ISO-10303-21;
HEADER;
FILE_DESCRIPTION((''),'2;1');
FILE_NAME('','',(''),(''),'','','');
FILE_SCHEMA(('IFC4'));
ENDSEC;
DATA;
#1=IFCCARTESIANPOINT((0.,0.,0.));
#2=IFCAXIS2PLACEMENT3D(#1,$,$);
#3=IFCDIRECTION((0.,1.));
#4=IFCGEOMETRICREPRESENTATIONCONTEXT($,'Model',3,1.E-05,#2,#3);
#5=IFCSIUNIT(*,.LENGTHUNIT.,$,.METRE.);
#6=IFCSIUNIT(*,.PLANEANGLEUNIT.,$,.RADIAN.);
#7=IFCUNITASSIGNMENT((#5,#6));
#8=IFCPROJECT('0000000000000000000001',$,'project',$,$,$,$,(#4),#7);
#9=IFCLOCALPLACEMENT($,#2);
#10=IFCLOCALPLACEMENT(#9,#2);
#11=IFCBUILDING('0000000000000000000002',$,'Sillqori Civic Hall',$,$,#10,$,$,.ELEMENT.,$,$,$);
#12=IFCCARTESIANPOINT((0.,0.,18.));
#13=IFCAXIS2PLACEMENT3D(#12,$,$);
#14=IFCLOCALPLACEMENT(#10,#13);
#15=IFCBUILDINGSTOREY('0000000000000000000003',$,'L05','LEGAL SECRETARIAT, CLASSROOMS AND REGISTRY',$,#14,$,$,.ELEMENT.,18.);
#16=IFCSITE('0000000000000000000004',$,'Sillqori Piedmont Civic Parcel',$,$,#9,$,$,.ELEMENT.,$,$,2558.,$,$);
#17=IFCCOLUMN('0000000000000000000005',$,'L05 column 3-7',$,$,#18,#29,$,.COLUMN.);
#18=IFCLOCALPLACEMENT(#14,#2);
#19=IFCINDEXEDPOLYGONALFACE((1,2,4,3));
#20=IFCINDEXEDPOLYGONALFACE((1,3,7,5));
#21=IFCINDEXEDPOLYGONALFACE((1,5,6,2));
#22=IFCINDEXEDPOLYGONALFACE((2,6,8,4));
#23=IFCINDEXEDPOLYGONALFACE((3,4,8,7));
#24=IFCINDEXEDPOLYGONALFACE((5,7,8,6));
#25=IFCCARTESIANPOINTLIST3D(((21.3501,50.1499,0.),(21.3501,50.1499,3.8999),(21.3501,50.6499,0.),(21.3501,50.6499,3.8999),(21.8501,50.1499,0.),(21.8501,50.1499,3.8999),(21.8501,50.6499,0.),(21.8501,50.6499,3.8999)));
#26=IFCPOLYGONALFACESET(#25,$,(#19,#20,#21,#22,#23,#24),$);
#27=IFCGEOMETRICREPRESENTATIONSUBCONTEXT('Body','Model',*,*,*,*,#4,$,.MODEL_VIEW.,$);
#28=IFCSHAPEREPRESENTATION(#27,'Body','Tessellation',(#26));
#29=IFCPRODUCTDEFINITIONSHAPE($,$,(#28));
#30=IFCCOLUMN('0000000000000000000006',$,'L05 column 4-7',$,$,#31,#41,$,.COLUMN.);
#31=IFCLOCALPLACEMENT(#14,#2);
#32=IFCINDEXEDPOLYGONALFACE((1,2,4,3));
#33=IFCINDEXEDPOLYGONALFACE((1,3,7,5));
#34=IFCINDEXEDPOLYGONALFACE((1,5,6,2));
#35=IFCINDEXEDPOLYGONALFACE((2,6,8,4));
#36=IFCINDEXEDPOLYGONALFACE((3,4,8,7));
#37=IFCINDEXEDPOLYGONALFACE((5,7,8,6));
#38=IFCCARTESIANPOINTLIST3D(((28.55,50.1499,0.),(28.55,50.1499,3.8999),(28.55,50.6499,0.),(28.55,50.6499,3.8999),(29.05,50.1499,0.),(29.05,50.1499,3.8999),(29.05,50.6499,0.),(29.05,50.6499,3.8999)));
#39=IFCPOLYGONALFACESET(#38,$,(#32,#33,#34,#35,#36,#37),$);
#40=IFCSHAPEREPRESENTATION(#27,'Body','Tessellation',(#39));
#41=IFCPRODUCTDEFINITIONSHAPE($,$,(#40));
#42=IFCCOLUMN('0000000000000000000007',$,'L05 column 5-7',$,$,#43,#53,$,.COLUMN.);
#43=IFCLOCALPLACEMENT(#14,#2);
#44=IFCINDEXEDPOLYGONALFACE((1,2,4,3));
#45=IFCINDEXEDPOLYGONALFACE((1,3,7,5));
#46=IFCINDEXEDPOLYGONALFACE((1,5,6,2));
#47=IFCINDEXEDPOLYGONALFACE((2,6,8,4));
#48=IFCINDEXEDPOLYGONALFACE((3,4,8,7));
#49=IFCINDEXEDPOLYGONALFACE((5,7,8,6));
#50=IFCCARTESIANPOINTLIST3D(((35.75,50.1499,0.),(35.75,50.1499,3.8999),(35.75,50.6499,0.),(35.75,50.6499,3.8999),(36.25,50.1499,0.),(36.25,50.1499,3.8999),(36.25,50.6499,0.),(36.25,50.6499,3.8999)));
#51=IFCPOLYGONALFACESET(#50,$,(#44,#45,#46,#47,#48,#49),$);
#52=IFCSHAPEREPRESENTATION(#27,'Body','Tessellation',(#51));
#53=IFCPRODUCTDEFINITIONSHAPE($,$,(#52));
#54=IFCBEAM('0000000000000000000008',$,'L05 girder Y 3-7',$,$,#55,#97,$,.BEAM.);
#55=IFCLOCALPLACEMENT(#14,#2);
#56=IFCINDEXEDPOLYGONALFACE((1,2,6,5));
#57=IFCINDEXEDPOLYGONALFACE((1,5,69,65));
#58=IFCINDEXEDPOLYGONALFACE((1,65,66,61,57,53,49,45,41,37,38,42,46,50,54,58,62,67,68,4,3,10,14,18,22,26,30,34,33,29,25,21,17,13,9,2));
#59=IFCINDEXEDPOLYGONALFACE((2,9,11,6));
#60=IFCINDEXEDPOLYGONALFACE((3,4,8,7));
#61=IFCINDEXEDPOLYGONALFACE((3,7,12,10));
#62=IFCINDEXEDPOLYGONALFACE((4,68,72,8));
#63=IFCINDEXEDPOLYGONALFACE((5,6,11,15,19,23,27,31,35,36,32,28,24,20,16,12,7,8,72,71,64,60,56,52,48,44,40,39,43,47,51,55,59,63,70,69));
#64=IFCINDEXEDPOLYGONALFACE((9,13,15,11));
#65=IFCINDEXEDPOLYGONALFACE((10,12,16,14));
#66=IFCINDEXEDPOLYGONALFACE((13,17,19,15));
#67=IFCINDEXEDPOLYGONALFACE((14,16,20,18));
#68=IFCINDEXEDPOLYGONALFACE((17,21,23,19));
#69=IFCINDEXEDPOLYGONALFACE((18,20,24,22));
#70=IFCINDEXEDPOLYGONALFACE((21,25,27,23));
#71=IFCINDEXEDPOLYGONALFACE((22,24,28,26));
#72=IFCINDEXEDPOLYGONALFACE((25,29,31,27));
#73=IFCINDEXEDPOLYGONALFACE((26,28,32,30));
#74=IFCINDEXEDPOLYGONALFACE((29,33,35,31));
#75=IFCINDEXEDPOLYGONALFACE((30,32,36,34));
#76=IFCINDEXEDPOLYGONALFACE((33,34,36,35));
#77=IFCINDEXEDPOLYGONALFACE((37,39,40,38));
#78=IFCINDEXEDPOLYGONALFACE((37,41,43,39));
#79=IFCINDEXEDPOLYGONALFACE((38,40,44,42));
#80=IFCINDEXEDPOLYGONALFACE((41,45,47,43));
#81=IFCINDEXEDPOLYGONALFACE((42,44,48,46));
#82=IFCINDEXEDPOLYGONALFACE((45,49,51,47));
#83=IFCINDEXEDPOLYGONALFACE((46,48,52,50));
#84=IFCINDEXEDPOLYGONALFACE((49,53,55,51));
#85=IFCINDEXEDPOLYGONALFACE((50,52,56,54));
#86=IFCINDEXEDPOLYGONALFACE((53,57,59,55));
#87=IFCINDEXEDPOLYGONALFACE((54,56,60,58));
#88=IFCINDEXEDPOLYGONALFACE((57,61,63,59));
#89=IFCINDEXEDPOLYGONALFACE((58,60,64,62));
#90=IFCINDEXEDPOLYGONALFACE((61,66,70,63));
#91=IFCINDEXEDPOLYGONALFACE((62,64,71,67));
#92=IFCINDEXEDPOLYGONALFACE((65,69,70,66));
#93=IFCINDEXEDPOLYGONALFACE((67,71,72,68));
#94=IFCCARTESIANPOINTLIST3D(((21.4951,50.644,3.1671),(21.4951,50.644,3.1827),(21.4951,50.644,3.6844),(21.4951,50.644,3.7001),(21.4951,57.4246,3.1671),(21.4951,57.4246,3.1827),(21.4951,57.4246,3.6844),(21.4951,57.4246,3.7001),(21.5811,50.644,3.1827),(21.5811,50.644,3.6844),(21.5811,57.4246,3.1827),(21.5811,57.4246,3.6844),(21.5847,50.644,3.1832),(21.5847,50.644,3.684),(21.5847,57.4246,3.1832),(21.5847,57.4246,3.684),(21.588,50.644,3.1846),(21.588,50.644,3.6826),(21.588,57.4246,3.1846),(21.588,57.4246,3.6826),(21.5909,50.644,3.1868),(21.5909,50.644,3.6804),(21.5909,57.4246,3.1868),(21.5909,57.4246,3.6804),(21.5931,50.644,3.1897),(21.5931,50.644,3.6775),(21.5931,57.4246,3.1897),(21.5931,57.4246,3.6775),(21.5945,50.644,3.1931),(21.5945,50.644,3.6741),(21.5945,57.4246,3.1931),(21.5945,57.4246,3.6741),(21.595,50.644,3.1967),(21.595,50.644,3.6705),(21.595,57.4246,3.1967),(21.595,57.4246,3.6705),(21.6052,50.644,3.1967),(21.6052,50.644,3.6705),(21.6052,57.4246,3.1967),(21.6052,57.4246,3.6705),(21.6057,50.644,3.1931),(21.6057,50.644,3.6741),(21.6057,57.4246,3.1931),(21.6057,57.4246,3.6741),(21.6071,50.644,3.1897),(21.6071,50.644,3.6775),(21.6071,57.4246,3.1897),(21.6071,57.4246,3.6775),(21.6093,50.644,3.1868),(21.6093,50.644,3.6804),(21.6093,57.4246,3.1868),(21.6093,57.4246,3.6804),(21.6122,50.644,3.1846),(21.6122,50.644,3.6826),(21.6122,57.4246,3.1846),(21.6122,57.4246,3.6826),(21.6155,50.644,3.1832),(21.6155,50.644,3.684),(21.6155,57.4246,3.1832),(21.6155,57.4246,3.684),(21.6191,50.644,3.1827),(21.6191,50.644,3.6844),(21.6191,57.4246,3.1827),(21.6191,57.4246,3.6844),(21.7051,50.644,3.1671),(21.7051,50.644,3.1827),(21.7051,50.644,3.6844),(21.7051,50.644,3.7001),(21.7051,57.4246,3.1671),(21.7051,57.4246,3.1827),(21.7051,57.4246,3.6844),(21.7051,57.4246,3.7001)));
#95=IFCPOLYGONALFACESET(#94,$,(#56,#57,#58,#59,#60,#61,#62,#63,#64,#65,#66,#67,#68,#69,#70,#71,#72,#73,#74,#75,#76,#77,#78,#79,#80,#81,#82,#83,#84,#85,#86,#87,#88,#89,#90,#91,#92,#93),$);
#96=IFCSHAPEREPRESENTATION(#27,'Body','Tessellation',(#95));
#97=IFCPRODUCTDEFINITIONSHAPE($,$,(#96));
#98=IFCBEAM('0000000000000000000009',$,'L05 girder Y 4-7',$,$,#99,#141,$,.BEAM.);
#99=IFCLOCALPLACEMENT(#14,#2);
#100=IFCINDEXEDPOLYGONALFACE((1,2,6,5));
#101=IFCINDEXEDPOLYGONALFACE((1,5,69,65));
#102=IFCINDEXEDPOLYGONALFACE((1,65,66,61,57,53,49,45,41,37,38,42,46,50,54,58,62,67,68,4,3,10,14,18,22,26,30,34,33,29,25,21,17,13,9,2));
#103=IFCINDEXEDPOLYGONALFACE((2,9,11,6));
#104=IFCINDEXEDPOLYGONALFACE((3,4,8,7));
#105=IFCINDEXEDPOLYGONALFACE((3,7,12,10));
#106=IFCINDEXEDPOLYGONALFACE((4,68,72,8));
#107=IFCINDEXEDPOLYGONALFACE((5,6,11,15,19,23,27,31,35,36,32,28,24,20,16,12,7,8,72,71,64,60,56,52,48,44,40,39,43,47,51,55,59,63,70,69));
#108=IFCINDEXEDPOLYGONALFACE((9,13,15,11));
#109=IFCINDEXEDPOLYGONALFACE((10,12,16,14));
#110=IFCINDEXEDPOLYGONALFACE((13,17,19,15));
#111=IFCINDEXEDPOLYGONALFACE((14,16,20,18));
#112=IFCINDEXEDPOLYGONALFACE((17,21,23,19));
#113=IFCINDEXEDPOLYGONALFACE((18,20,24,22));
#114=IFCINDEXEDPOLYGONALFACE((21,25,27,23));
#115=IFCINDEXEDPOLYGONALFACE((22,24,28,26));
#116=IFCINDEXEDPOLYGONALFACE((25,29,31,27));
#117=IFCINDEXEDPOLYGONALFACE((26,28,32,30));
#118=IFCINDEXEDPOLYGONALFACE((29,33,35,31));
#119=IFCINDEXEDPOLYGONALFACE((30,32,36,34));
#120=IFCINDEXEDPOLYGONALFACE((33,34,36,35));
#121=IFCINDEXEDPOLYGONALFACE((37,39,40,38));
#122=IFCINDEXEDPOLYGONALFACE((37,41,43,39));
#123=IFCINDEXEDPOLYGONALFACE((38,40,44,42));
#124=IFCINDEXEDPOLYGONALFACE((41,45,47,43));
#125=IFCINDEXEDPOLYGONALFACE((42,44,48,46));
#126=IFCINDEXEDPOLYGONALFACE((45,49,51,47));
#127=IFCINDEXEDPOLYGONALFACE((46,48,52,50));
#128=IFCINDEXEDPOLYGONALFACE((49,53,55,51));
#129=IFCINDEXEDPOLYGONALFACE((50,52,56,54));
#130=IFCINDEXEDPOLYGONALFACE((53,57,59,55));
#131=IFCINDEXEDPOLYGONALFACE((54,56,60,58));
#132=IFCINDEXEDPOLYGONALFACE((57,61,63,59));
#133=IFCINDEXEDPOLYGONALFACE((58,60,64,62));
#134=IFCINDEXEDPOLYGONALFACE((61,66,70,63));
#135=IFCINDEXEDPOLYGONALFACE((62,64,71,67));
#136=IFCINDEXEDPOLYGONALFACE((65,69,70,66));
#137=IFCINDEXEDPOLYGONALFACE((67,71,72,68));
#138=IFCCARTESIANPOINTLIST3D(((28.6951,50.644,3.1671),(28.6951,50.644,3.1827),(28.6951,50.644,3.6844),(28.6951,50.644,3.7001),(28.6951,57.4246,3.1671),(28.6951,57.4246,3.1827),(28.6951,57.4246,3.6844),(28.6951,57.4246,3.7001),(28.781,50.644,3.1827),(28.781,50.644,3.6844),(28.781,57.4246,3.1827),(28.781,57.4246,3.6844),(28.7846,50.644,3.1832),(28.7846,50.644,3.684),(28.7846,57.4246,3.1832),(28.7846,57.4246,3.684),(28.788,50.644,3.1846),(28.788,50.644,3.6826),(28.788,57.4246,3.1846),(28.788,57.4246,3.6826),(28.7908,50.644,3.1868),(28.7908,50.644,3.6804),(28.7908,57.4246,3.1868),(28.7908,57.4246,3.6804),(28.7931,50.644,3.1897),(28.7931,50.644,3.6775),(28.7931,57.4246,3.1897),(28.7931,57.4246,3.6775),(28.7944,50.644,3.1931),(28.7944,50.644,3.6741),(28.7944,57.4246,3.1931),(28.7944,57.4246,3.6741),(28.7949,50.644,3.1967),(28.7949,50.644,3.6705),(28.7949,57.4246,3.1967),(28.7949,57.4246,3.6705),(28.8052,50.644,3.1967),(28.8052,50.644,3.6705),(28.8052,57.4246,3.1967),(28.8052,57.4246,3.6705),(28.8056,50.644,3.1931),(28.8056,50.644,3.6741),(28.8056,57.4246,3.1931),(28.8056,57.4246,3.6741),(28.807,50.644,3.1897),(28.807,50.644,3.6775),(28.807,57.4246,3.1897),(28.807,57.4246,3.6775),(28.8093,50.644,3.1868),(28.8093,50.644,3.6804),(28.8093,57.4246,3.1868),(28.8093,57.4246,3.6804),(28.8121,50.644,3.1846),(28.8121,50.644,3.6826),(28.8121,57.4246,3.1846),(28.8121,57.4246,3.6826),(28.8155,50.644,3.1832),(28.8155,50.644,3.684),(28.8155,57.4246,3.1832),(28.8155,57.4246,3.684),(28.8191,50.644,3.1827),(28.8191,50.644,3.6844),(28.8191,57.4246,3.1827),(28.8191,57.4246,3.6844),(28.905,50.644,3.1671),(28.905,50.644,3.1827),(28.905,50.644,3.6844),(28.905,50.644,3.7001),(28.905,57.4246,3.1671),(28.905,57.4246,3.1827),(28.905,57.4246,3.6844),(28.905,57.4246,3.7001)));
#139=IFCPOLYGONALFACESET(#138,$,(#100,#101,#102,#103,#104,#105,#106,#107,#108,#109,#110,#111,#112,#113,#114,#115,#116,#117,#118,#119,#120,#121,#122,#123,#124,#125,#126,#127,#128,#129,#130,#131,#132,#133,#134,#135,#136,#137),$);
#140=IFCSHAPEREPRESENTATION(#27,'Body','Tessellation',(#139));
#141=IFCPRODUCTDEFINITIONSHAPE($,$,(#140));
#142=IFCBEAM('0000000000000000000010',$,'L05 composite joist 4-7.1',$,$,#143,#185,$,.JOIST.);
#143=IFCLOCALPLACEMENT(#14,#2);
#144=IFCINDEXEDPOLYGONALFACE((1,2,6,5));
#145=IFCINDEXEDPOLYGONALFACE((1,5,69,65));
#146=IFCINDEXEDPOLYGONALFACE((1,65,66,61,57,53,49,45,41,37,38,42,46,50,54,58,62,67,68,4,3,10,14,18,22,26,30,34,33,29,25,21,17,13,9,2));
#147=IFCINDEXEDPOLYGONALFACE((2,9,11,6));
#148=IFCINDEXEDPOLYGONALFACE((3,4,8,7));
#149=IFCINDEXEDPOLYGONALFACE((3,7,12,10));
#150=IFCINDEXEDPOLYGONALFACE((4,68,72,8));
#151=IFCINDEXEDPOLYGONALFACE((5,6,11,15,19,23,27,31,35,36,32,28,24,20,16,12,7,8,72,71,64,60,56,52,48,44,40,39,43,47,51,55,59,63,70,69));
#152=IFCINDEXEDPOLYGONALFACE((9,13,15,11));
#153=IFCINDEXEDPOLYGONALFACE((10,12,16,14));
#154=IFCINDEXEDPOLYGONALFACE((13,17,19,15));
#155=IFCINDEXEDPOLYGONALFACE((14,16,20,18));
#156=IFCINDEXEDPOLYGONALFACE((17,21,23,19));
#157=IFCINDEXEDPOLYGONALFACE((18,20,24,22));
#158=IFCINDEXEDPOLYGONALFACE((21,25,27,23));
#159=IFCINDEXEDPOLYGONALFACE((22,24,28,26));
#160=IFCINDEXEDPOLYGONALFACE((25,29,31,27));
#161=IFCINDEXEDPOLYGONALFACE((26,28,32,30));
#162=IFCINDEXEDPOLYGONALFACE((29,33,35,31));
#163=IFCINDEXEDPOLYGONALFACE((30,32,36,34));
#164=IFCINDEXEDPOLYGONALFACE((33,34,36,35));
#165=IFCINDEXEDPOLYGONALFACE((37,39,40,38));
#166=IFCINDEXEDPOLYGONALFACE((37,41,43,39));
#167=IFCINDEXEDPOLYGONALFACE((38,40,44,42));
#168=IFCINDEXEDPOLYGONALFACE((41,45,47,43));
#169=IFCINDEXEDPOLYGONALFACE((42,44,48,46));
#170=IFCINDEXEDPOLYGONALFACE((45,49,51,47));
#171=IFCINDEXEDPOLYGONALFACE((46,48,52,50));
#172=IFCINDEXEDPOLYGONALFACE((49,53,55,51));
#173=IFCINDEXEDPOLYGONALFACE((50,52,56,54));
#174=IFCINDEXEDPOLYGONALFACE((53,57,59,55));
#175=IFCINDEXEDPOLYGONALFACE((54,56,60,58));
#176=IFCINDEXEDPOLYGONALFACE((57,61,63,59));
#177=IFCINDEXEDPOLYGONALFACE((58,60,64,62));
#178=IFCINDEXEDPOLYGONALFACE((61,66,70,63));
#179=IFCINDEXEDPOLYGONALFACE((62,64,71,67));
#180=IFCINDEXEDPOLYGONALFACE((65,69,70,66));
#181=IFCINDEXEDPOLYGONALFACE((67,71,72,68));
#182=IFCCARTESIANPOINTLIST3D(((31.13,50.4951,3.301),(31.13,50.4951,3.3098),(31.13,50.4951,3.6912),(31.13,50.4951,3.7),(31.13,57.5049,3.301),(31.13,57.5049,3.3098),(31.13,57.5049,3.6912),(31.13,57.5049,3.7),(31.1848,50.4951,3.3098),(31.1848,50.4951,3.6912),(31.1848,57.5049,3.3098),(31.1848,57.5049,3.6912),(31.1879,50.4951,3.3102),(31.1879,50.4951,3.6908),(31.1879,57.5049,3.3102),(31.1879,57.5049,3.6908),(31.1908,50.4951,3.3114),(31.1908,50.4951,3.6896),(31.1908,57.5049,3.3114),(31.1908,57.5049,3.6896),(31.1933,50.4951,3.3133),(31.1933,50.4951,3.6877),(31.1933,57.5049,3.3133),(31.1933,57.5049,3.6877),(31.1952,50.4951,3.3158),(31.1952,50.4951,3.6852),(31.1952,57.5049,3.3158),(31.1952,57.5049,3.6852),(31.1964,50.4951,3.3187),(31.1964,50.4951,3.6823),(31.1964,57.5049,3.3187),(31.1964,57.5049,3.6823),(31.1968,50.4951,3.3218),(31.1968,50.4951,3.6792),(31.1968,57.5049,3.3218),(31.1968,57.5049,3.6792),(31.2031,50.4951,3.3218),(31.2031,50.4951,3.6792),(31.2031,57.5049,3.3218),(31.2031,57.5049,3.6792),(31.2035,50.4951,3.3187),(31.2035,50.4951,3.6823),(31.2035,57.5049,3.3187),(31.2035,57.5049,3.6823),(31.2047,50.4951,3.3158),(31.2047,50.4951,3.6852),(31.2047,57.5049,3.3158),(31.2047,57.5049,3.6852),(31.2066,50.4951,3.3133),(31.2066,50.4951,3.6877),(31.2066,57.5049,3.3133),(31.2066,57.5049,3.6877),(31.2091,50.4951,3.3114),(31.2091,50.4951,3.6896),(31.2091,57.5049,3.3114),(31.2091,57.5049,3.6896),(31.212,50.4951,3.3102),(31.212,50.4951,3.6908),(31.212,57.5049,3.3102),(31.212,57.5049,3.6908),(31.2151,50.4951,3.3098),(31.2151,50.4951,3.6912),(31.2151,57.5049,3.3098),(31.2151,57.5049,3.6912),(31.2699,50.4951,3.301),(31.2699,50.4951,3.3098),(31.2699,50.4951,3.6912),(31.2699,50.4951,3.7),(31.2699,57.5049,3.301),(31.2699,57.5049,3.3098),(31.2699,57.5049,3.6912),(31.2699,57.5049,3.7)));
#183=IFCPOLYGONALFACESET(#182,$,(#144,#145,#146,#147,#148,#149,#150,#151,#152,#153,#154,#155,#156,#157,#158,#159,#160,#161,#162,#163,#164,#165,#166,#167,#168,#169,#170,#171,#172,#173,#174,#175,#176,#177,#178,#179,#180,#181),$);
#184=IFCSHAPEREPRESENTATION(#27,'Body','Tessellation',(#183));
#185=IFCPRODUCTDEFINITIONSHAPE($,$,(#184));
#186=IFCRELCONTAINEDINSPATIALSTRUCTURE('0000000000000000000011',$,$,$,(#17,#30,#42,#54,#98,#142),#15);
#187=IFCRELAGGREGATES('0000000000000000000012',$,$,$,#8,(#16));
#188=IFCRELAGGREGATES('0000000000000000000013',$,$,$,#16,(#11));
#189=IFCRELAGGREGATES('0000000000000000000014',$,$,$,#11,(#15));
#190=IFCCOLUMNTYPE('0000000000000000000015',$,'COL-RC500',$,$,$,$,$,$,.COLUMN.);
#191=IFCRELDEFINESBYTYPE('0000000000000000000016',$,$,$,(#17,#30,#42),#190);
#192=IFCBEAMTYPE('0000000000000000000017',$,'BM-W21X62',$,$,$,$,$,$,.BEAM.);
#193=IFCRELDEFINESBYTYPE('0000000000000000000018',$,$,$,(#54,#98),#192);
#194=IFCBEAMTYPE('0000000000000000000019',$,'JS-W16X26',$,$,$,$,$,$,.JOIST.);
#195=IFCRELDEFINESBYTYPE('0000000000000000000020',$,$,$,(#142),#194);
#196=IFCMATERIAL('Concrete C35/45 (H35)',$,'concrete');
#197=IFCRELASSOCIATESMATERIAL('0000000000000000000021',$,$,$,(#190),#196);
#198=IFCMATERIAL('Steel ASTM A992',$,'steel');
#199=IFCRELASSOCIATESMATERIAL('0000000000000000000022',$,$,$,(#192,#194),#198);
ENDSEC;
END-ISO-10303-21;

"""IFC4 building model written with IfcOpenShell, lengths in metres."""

from ifc_helpers import new_model, si_unit, direction, frame, origin, origin_2d, place, context, subcontext, project, spatial, rectangle, i_section, extrude, material, material_profile, profile_set, type_object, element, save


model = new_model("IFC4")

# Units and contexts
model_context = context("Model", 3, precision=1e-05, world=origin(), true_north=direction((0.0, 1.0)))
body_context = subcontext(model_context, "Body", "Model", "MODEL_VIEW")
ifc_project = project(units=[si_unit("LENGTHUNIT", "METRE"), si_unit("PLANEANGLEUNIT", "RADIAN")], contexts=[model_context])

# Site, building, storey
site_placement = place(None, origin())
site = spatial("IfcSite", under=ifc_project, at=site_placement, Name="Sillqori Piedmont Civic Parcel", CompositionType="ELEMENT", RefElevation=2558.0)
building_placement = place(site_placement, origin())
building = spatial("IfcBuilding", under=site, at=building_placement, Name="Sillqori Civic Hall", CompositionType="ELEMENT")
storey_placement = place(building_placement, frame((0.0, 0.0, 18.0)))
storey = spatial("IfcBuildingStorey", under=building, at=storey_placement, Name="L05", Description="LEGAL SECRETARIAT, CLASSROOMS AND REGISTRY", CompositionType="ELEMENT", Elevation=18.0)

# Columns
ifc_material_1 = material(Name="Concrete C35/45 (H35)", Category="concrete")
ifc_material_profile_1 = material_profile(ifc_material_1, rectangle(XDim=0.5, YDim=0.5, at=origin_2d()), Name="RC 500x500")
ifc_profile_set_1 = profile_set([ifc_material_profile_1], Name="Concrete C35/45 (H35)")
column_type = type_object("IfcColumnType", Name="COL-RC500", PredefinedType="COLUMN", material=ifc_profile_set_1)
for number, where, z_axis, x_axis, name in (
    (1, (21.6001, 50.3999, 0.0), (0.0, 0.0, 1.0), (1.0, 0.0, 0.0), "L05 column 3-7"),
    (2, (28.8, 50.3999, 0.0), (0.0, 0.0, 1.0), (1.0, 0.0, 0.0), "L05 column 4-7"),
    (3, (36.0, 50.3999, 0.0), (0.0, 0.0, 1.0), (1.0, 0.0, 0.0), "L05 column 5-7"),
):
    element("IfcColumn", number, at=place(storey_placement, frame(where, z_axis=z_axis, x_axis=x_axis)), inside=storey, type_object=column_type, Name=name, PredefinedType="COLUMN", context=body_context, shape_type="SweptSolid", body=[
        extrude(rectangle(XDim=0.5, YDim=0.5, at=origin_2d()), origin(), (0.0, 0.0, 1.0), 3.8999),
    ])

# Beams
ifc_material_2 = material(Name="Steel ASTM A992", Category="steel")
ifc_material_profile_2 = material_profile(ifc_material_2, i_section(OverallWidth=0.21, OverallDepth=0.533, WebThickness=0.0103, FlangeThickness=0.0156, FilletRadius=0.0139, at=origin_2d()), Name="W21X62")
ifc_profile_set_2 = profile_set([ifc_material_profile_2], Name="Steel ASTM A992")
beam_type_1 = type_object("IfcBeamType", Name="BM-W21X62", PredefinedType="BEAM", material=ifc_profile_set_2)
for number, where, z_axis, x_axis, name in (
    (4, (21.6001, 50.644, 3.4336), (0.0, 1.0, 0.0), (-1.0, 0.0, 0.0), "L05 girder Y 3-7"),
    (5, (28.8, 50.644, 3.4336), (0.0, 1.0, 0.0), (-1.0, 0.0, 0.0), "L05 girder Y 4-7"),
):
    element("IfcBeam", number, at=place(storey_placement, frame(where, z_axis=z_axis, x_axis=x_axis)), inside=storey, type_object=beam_type_1, Name=name, PredefinedType="BEAM", context=body_context, shape_type="SweptSolid", body=[
        extrude(i_section(OverallWidth=0.21, OverallDepth=0.533, WebThickness=0.0103, FlangeThickness=0.0156, FilletRadius=0.0139, at=origin_2d()), origin(), (0.0, 0.0, 1.0), 6.7805),
    ])
ifc_material_profile_3 = material_profile(ifc_material_2, i_section(OverallWidth=0.1399, OverallDepth=0.3989, WebThickness=0.0063, FlangeThickness=0.0088, FilletRadius=0.012, at=origin_2d()), Name="W16X26")
ifc_profile_set_3 = profile_set([ifc_material_profile_3], Name="Steel ASTM A992")
beam_type_2 = type_object("IfcBeamType", Name="JS-W16X26", PredefinedType="JOIST", material=ifc_profile_set_3)
for number, where, z_axis, x_axis, name in (
    (6, (31.2, 50.4951, 3.5005), (0.0, 1.0, 0.0), (-1.0, 0.0, 0.0), "L05 composite joist 4-7.1"),
):
    element("IfcBeam", number, at=place(storey_placement, frame(where, z_axis=z_axis, x_axis=x_axis)), inside=storey, type_object=beam_type_2, Name=name, PredefinedType="JOIST", context=body_context, shape_type="SweptSolid", body=[
        extrude(i_section(OverallWidth=0.1399, OverallDepth=0.3989, WebThickness=0.0063, FlangeThickness=0.0088, FilletRadius=0.012, at=origin_2d()), origin(), (0.0, 0.0, 1.0), 7.0098),
    ])

save(model, "model.ifc")
